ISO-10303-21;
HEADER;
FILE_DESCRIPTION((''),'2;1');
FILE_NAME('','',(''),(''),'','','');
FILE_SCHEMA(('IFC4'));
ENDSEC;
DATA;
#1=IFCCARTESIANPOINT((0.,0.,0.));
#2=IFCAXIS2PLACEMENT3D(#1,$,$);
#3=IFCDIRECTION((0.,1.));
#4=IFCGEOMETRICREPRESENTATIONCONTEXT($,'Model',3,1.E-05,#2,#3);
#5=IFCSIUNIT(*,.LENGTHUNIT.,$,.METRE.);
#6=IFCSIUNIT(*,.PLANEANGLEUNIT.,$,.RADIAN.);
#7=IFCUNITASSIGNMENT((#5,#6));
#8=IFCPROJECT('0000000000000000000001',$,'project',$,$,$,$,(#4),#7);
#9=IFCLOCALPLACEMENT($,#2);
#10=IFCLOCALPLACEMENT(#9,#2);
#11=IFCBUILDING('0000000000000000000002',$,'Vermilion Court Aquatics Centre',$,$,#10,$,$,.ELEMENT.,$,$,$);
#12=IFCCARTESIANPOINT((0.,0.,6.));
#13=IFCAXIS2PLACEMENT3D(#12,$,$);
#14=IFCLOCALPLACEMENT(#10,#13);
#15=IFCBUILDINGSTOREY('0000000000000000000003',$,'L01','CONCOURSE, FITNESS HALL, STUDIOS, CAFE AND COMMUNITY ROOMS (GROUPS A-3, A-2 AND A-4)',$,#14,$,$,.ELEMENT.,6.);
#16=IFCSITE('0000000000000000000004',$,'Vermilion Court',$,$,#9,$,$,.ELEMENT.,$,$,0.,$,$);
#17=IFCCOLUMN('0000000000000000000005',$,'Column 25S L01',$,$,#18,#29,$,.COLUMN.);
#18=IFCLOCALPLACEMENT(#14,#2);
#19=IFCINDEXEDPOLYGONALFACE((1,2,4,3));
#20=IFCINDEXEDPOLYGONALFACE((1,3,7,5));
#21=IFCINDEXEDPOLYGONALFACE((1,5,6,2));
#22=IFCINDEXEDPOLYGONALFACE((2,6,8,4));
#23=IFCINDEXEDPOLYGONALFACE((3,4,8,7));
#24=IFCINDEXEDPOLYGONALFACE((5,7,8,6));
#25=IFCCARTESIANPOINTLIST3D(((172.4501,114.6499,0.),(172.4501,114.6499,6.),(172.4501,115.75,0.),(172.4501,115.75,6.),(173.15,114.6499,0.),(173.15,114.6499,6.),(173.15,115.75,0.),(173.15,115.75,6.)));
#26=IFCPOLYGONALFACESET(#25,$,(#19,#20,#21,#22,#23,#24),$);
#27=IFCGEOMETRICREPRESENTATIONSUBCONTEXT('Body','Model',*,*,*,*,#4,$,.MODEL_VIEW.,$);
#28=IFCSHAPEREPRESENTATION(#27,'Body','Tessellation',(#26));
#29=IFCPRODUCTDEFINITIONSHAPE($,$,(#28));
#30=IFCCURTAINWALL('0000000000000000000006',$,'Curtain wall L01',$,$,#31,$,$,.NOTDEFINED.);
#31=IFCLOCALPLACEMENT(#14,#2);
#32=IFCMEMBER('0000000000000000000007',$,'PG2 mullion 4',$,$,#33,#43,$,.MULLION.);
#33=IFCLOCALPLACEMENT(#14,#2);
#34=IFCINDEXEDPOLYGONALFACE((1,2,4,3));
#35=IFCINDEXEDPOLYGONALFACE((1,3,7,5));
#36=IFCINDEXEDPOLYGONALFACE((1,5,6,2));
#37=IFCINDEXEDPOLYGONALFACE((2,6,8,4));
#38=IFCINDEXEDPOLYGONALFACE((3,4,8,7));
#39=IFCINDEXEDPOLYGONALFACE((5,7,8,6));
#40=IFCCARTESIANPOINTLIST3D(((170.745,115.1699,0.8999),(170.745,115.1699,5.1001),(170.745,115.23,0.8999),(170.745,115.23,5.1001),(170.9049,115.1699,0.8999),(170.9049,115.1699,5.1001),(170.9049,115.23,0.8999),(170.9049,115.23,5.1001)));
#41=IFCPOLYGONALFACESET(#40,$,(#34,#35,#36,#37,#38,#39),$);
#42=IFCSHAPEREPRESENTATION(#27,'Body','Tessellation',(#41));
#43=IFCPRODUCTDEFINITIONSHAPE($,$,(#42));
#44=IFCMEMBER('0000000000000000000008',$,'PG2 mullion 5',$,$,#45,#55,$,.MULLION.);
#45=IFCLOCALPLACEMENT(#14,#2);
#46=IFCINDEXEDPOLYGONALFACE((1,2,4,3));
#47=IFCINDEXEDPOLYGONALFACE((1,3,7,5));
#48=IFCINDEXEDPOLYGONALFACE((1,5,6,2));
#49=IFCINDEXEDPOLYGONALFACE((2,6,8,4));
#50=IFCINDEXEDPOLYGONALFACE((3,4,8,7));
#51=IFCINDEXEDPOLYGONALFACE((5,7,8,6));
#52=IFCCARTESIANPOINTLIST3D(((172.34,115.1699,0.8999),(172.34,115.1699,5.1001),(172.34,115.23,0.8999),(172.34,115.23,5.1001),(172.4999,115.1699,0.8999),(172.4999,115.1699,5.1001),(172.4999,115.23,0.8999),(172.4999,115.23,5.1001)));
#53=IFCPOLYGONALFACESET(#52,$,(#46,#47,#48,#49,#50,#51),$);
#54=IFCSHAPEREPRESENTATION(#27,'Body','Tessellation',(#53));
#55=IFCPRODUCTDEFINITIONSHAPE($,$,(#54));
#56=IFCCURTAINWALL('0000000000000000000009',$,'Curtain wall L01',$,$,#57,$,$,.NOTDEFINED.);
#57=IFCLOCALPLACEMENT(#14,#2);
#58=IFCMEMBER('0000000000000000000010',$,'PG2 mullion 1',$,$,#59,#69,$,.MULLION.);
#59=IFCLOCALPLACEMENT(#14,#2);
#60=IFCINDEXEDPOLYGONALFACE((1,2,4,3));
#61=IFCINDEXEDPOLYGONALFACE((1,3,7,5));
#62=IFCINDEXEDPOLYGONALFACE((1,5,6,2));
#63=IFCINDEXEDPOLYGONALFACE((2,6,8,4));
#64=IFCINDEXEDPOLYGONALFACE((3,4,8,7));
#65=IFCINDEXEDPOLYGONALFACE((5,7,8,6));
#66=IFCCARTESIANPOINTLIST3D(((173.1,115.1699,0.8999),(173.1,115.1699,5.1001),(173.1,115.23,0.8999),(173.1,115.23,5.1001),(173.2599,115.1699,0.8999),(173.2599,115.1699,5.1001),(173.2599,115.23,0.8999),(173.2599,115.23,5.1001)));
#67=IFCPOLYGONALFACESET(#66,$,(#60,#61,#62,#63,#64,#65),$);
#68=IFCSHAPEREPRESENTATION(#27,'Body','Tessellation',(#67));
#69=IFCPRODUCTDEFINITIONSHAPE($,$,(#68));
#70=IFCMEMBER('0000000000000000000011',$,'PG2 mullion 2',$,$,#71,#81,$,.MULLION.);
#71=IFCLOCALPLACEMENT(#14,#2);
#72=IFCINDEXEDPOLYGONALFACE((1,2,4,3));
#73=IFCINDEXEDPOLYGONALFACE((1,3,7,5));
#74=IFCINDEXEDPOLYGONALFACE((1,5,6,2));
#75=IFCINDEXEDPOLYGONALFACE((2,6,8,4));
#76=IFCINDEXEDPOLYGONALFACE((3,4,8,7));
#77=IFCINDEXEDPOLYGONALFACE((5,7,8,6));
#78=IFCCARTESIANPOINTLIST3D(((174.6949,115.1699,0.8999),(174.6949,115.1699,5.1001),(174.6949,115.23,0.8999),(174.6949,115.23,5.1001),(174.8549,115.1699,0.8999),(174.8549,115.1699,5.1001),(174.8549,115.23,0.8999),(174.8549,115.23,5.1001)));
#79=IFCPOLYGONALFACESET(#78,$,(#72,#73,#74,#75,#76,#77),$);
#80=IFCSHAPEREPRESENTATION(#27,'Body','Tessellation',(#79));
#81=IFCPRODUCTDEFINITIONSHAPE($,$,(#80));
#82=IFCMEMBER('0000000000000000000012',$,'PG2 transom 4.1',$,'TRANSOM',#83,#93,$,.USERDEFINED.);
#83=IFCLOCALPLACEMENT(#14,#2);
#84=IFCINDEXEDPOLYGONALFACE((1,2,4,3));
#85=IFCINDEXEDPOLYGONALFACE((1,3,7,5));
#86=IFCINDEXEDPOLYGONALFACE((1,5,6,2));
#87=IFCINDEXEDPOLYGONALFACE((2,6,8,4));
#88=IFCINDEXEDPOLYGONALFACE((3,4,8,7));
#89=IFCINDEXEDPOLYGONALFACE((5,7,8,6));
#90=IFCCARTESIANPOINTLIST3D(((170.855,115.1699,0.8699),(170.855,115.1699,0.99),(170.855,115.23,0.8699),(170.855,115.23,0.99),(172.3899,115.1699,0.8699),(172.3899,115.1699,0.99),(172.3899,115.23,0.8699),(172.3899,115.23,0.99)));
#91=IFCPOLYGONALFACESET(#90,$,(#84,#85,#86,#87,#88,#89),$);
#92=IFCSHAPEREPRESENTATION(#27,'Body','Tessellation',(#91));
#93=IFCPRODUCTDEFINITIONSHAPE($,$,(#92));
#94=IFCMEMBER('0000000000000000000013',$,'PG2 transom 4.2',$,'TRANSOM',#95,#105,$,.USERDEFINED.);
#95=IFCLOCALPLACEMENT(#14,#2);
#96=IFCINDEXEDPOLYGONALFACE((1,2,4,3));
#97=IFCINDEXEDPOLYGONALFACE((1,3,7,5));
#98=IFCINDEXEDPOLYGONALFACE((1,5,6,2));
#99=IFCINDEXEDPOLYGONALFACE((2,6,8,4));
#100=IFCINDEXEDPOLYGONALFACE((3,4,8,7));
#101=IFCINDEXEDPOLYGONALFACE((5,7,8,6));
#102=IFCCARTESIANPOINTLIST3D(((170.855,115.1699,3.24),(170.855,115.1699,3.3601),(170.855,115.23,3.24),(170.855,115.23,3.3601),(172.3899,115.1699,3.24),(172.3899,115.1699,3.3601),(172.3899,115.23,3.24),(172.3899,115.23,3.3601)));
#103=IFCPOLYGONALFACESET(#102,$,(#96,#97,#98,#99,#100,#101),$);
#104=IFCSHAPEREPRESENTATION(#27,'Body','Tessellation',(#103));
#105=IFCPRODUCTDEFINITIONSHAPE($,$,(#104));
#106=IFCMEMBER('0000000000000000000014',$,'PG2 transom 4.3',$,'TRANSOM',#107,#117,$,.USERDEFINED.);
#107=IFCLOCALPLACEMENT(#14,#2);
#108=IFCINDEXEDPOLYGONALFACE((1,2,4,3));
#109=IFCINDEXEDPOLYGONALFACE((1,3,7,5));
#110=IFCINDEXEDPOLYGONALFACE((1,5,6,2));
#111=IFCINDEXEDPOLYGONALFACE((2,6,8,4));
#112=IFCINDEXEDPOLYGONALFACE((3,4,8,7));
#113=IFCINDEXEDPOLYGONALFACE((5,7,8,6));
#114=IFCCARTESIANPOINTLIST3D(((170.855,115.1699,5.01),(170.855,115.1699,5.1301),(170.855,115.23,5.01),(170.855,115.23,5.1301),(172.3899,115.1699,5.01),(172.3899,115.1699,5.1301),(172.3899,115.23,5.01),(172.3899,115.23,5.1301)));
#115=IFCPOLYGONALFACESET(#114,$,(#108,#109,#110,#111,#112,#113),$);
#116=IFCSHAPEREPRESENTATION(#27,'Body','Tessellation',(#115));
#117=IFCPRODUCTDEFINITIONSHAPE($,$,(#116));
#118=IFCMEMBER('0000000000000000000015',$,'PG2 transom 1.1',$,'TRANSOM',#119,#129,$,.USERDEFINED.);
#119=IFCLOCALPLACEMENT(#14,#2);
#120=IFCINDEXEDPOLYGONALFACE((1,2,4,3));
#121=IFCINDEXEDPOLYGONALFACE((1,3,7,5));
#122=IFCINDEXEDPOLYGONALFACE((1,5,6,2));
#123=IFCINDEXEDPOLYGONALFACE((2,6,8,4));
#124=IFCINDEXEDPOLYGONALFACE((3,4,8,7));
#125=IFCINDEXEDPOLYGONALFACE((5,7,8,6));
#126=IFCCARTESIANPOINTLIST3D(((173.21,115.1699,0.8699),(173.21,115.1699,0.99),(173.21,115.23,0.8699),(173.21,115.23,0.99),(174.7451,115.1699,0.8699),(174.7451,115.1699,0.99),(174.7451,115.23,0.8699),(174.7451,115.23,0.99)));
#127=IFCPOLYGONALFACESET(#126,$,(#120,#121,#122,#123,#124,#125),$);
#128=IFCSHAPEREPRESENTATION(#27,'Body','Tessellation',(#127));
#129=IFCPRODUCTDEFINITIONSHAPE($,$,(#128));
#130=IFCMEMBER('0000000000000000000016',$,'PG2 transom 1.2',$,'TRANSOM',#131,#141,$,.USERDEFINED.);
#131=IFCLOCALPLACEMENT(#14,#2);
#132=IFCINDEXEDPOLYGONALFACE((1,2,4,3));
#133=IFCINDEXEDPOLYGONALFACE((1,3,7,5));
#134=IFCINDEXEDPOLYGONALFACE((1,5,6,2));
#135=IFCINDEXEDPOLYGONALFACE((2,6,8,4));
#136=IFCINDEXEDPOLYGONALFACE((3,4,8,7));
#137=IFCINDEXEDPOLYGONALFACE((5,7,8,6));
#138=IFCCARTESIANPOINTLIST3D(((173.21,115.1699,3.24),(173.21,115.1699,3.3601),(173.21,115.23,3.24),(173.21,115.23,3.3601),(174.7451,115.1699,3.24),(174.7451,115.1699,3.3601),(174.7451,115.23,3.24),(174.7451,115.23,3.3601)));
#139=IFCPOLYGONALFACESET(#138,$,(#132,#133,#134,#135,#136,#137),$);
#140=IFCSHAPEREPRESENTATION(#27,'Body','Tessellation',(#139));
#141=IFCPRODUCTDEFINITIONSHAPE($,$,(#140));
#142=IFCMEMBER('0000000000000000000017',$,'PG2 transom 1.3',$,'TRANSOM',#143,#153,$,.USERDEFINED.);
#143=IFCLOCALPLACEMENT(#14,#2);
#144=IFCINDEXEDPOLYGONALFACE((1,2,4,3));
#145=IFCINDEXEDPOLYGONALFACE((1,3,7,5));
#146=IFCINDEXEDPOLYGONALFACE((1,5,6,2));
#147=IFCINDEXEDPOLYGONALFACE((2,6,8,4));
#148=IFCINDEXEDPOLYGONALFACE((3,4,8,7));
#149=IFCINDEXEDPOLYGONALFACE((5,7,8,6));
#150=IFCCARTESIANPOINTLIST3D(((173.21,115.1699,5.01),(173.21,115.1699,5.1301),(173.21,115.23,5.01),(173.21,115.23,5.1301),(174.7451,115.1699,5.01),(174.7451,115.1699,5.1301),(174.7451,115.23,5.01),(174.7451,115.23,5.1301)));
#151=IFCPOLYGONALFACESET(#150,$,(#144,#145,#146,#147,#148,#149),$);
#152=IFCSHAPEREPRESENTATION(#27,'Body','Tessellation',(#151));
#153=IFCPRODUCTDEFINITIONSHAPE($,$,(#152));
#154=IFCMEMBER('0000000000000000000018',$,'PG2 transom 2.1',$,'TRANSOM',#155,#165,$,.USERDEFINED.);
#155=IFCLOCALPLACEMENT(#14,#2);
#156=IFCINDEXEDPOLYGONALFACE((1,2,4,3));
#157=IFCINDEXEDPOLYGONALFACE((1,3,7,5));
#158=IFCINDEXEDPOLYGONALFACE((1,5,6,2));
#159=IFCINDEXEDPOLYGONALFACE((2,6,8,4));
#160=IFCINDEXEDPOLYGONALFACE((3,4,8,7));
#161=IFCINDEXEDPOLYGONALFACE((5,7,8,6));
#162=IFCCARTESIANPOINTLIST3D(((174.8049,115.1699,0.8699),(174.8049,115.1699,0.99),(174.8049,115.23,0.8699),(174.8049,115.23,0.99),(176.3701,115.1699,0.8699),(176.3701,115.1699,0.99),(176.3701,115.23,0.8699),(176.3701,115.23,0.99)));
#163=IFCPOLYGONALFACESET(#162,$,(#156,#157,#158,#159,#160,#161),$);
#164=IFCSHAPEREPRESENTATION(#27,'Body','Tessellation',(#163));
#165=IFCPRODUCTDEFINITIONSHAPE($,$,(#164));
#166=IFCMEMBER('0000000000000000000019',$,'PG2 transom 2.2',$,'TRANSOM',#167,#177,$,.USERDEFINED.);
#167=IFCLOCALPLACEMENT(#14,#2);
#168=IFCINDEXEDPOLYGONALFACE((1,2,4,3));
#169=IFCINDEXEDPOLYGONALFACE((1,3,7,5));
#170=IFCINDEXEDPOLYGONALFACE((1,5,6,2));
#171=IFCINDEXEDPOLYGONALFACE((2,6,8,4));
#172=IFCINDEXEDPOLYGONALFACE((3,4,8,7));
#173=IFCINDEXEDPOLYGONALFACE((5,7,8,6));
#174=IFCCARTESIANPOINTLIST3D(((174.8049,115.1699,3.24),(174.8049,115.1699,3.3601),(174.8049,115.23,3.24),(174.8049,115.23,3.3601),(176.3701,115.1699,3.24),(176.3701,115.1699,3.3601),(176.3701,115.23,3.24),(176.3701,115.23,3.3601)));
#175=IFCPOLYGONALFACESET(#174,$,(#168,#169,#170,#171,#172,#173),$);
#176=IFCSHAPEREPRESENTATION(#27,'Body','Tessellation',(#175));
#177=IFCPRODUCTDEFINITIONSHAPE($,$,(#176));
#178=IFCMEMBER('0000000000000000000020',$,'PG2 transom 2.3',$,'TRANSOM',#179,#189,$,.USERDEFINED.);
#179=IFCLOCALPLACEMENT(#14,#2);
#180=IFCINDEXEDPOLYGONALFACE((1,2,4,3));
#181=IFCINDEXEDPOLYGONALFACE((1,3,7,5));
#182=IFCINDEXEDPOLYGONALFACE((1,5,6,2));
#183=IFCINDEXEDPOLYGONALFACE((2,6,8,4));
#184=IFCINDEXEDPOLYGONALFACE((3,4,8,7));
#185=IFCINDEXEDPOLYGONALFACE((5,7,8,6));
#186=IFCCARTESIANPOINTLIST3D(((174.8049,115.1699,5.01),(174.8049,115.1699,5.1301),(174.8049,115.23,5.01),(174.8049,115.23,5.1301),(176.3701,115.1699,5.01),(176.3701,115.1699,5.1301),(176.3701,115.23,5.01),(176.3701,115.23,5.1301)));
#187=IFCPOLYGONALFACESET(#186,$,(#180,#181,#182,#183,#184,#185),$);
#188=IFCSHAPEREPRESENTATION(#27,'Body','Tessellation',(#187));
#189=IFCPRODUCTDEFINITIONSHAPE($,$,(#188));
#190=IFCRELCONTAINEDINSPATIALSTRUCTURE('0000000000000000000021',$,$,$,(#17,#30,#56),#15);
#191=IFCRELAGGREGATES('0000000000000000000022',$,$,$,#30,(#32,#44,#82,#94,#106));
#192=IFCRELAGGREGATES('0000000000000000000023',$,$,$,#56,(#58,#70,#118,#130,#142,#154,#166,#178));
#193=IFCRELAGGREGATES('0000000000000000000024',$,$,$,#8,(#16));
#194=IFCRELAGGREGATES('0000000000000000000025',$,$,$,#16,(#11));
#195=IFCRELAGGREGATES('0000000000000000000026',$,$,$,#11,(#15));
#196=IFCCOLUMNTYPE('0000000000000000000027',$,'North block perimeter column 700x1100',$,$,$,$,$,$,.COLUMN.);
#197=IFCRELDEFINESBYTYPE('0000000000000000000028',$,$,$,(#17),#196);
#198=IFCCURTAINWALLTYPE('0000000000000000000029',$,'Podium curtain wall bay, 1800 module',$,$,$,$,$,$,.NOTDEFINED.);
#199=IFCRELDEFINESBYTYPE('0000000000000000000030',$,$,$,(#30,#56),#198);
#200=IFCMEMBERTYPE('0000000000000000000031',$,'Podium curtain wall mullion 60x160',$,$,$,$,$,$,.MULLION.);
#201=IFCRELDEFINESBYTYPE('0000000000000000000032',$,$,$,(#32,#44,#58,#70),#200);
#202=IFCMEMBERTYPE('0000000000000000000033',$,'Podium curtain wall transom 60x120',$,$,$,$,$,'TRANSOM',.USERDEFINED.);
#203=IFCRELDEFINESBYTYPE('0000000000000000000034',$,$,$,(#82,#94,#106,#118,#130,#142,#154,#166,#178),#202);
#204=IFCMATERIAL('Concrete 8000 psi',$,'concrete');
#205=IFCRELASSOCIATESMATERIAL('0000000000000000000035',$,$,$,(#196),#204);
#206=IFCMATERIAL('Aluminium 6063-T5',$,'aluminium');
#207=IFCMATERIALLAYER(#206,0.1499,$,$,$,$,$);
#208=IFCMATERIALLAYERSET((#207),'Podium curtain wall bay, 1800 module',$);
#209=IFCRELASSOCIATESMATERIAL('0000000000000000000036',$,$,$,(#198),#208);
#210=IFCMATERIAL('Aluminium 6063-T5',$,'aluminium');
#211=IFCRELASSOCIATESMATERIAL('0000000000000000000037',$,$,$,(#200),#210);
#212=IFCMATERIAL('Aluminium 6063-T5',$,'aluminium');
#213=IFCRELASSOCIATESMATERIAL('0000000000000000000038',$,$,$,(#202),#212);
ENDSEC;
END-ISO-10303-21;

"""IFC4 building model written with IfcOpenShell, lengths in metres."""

from ifc_helpers import new_model, si_unit, direction, frame, origin, origin_2d, place, context, subcontext, project, spatial, rectangle, extrude, material, layer, layer_set, material_profile, profile_set, type_object, element, aggregate, save


model = new_model("IFC4")

# Units and contexts
model_context = context("Model", 3, precision=1e-05, world=origin(), true_north=direction((0.0, 1.0)))
body_context = subcontext(model_context, "Body", "Model", "MODEL_VIEW")
ifc_project = project(units=[si_unit("LENGTHUNIT", "METRE"), si_unit("PLANEANGLEUNIT", "RADIAN")], contexts=[model_context])

# Site, building, storey
site_placement = place(None, origin())
site = spatial("IfcSite", under=ifc_project, at=site_placement, Name="Vermilion Court", CompositionType="ELEMENT", RefElevation=0.0)
building_placement = place(site_placement, origin())
building = spatial("IfcBuilding", under=site, at=building_placement, Name="Vermilion Court Aquatics Centre", CompositionType="ELEMENT")
storey_placement = place(building_placement, frame((0.0, 0.0, 6.0)))
storey = spatial("IfcBuildingStorey", under=building, at=storey_placement, Name="L01", Description="CONCOURSE, FITNESS HALL, STUDIOS, CAFE AND COMMUNITY ROOMS (GROUPS A-3, A-2 AND A-4)", CompositionType="ELEMENT", Elevation=6.0)

# Column
ifc_material_1 = material(Name="Concrete 8000 psi", Category="concrete")
ifc_material_profile_1 = material_profile(ifc_material_1, rectangle(XDim=0.7, YDim=1.1001, at=origin_2d()), Name="RC 700x1100")
ifc_profile_set_1 = profile_set([ifc_material_profile_1], Name="Concrete 8000 psi")
column_type = type_object("IfcColumnType", Name="North block perimeter column 700x1100", PredefinedType="COLUMN", material=ifc_profile_set_1)
column_placement = place(storey_placement, frame((172.8, 115.2, 0.0), z_axis=(0.0, 0.0, 1.0), x_axis=(1.0, 0.0, 0.0)))
element("IfcColumn", 1, at=column_placement, inside=storey, type_object=column_type, Name="Column 25S L01", PredefinedType="COLUMN", context=body_context, shape_type="SweptSolid", body=[
    extrude(rectangle(XDim=0.7, YDim=1.1001, at=origin_2d()), origin(), (0.0, 0.0, 1.0), 6.0),
])

# Curtain walls, members
ifc_material_2 = material(Name="Aluminium 6063-T5", Category="aluminium")
ifc_layer_1 = layer(ifc_material_2, 0.1499)
ifc_layer_set_1 = layer_set([ifc_layer_1], Name="Podium curtain wall bay, 1800 module")
curtain_wall_type = type_object("IfcCurtainWallType", Name="Podium curtain wall bay, 1800 module", PredefinedType="NOTDEFINED", material=ifc_layer_set_1)
curtain_wall_1_placement = place(storey_placement, origin())
curtain_wall_1 = element("IfcCurtainWall", 2, at=curtain_wall_1_placement, inside=storey, type_object=curtain_wall_type, Name="Curtain wall L01", PredefinedType="NOTDEFINED")
ifc_material_3 = material(Name="Aluminium 6063-T5", Category="aluminium")
ifc_material_profile_2 = material_profile(ifc_material_3, rectangle(XDim=0.0601, YDim=0.1599, at=origin_2d()), Name="Mullion 60x160")
ifc_profile_set_2 = profile_set([ifc_material_profile_2], Name="Aluminium 6063-T5")
member_type_1 = type_object("IfcMemberType", Name="Podium curtain wall mullion 60x160", PredefinedType="MULLION", material=ifc_profile_set_2)
member_1_placement = place(storey_placement, frame((170.825, 115.2, 0.8999), z_axis=(0.0, 0.0, 1.0), x_axis=(0.0, 1.0, 0.0)))
member_1 = element("IfcMember", 3, at=member_1_placement, type_object=member_type_1, Name="PG2 mullion 4", PredefinedType="MULLION", context=body_context, shape_type="SweptSolid", body=[
    extrude(rectangle(XDim=0.0601, YDim=0.1599, at=origin_2d()), origin(), (0.0, 0.0, 1.0), 4.2002),
])
member_2_placement = place(storey_placement, frame((172.4199, 115.2, 0.8999), z_axis=(0.0, 0.0, 1.0), x_axis=(0.0, 1.0, 0.0)))
member_2 = element("IfcMember", 4, at=member_2_placement, type_object=member_type_1, Name="PG2 mullion 5", PredefinedType="MULLION", context=body_context, shape_type="SweptSolid", body=[
    extrude(rectangle(XDim=0.0601, YDim=0.1599, at=origin_2d()), origin(), (0.0, 0.0, 1.0), 4.2002),
])
curtain_wall_2_placement = place(storey_placement, origin())
curtain_wall_2 = element("IfcCurtainWall", 5, at=curtain_wall_2_placement, inside=storey, type_object=curtain_wall_type, Name="Curtain wall L01", PredefinedType="NOTDEFINED")
member_3_placement = place(storey_placement, frame((173.1799, 115.2, 0.8999), z_axis=(0.0, 0.0, 1.0), x_axis=(0.0, 1.0, 0.0)))
member_3 = element("IfcMember", 6, at=member_3_placement, type_object=member_type_1, Name="PG2 mullion 1", PredefinedType="MULLION", context=body_context, shape_type="SweptSolid", body=[
    extrude(rectangle(XDim=0.0601, YDim=0.1599, at=origin_2d()), origin(), (0.0, 0.0, 1.0), 4.2002),
])
member_4_placement = place(storey_placement, frame((174.7749, 115.2, 0.8999), z_axis=(0.0, 0.0, 1.0), x_axis=(0.0, 1.0, 0.0)))
member_4 = element("IfcMember", 7, at=member_4_placement, type_object=member_type_1, Name="PG2 mullion 2", PredefinedType="MULLION", context=body_context, shape_type="SweptSolid", body=[
    extrude(rectangle(XDim=0.0601, YDim=0.1599, at=origin_2d()), origin(), (0.0, 0.0, 1.0), 4.2002),
])

# Members
ifc_material_4 = material(Name="Aluminium 6063-T5", Category="aluminium")
ifc_material_profile_3 = material_profile(ifc_material_4, rectangle(XDim=0.0601, YDim=0.1201, at=origin_2d()), Name="Transom 60x120")
ifc_profile_set_3 = profile_set([ifc_material_profile_3], Name="Aluminium 6063-T5")
member_type_2 = type_object("IfcMemberType", Name="Podium curtain wall transom 60x120", ElementType="TRANSOM", PredefinedType="USERDEFINED", material=ifc_profile_set_3)
member_5_placement = place(storey_placement, frame((170.855, 115.2, 0.9299), z_axis=(1.0, 0.0, 0.0), x_axis=(0.0, 1.0, 0.0)))
member_5 = element("IfcMember", 8, at=member_5_placement, type_object=member_type_2, Name="PG2 transom 4.1", ObjectType="TRANSOM", PredefinedType="USERDEFINED", context=body_context, shape_type="SweptSolid", body=[
    extrude(rectangle(XDim=0.0601, YDim=0.1201, at=origin_2d()), origin(), (0.0, 0.0, 1.0), 1.5349),
])
member_6_placement = place(storey_placement, frame((170.855, 115.2, 3.3), z_axis=(1.0, 0.0, 0.0), x_axis=(0.0, 1.0, 0.0)))
member_6 = element("IfcMember", 9, at=member_6_placement, type_object=member_type_2, Name="PG2 transom 4.2", ObjectType="TRANSOM", PredefinedType="USERDEFINED", context=body_context, shape_type="SweptSolid", body=[
    extrude(rectangle(XDim=0.0601, YDim=0.1201, at=origin_2d()), origin(), (0.0, 0.0, 1.0), 1.5349),
])
member_7_placement = place(storey_placement, frame((170.855, 115.2, 5.0701), z_axis=(1.0, 0.0, 0.0), x_axis=(0.0, 1.0, 0.0)))
member_7 = element("IfcMember", 10, at=member_7_placement, type_object=member_type_2, Name="PG2 transom 4.3", ObjectType="TRANSOM", PredefinedType="USERDEFINED", context=body_context, shape_type="SweptSolid", body=[
    extrude(rectangle(XDim=0.0601, YDim=0.1201, at=origin_2d()), origin(), (0.0, 0.0, 1.0), 1.5349),
])
member_8_placement = place(storey_placement, frame((173.21, 115.2, 0.9299), z_axis=(1.0, 0.0, 0.0), x_axis=(0.0, 1.0, 0.0)))
member_8 = element("IfcMember", 11, at=member_8_placement, type_object=member_type_2, Name="PG2 transom 1.1", ObjectType="TRANSOM", PredefinedType="USERDEFINED", context=body_context, shape_type="SweptSolid", body=[
    extrude(rectangle(XDim=0.0601, YDim=0.1201, at=origin_2d()), origin(), (0.0, 0.0, 1.0), 1.5352),
])
member_9_placement = place(storey_placement, frame((173.21, 115.2, 3.3), z_axis=(1.0, 0.0, 0.0), x_axis=(0.0, 1.0, 0.0)))
member_9 = element("IfcMember", 12, at=member_9_placement, type_object=member_type_2, Name="PG2 transom 1.2", ObjectType="TRANSOM", PredefinedType="USERDEFINED", context=body_context, shape_type="SweptSolid", body=[
    extrude(rectangle(XDim=0.0601, YDim=0.1201, at=origin_2d()), origin(), (0.0, 0.0, 1.0), 1.5352),
])
member_10_placement = place(storey_placement, frame((173.21, 115.2, 5.0701), z_axis=(1.0, 0.0, 0.0), x_axis=(0.0, 1.0, 0.0)))
member_10 = element("IfcMember", 13, at=member_10_placement, type_object=member_type_2, Name="PG2 transom 1.3", ObjectType="TRANSOM", PredefinedType="USERDEFINED", context=body_context, shape_type="SweptSolid", body=[
    extrude(rectangle(XDim=0.0601, YDim=0.1201, at=origin_2d()), origin(), (0.0, 0.0, 1.0), 1.5352),
])
member_11_placement = place(storey_placement, frame((174.8049, 115.2, 0.9299), z_axis=(1.0, 0.0, 0.0), x_axis=(0.0, 1.0, 0.0)))
member_11 = element("IfcMember", 14, at=member_11_placement, type_object=member_type_2, Name="PG2 transom 2.1", ObjectType="TRANSOM", PredefinedType="USERDEFINED", context=body_context, shape_type="SweptSolid", body=[
    extrude(rectangle(XDim=0.0601, YDim=0.1201, at=origin_2d()), origin(), (0.0, 0.0, 1.0), 1.5652),
])
member_12_placement = place(storey_placement, frame((174.8049, 115.2, 3.3), z_axis=(1.0, 0.0, 0.0), x_axis=(0.0, 1.0, 0.0)))
member_12 = element("IfcMember", 15, at=member_12_placement, type_object=member_type_2, Name="PG2 transom 2.2", ObjectType="TRANSOM", PredefinedType="USERDEFINED", context=body_context, shape_type="SweptSolid", body=[
    extrude(rectangle(XDim=0.0601, YDim=0.1201, at=origin_2d()), origin(), (0.0, 0.0, 1.0), 1.5652),
])
member_13_placement = place(storey_placement, frame((174.8049, 115.2, 5.0701), z_axis=(1.0, 0.0, 0.0), x_axis=(0.0, 1.0, 0.0)))
member_13 = element("IfcMember", 16, at=member_13_placement, type_object=member_type_2, Name="PG2 transom 2.3", ObjectType="TRANSOM", PredefinedType="USERDEFINED", context=body_context, shape_type="SweptSolid", body=[
    extrude(rectangle(XDim=0.0601, YDim=0.1201, at=origin_2d()), origin(), (0.0, 0.0, 1.0), 1.5652),
])

aggregate(curtain_wall_1, [member_1, member_2, member_5, member_6, member_7])
aggregate(curtain_wall_2, [member_3, member_4, member_8, member_9, member_10, member_11, member_12, member_13])

save(model, "model.ifc")
